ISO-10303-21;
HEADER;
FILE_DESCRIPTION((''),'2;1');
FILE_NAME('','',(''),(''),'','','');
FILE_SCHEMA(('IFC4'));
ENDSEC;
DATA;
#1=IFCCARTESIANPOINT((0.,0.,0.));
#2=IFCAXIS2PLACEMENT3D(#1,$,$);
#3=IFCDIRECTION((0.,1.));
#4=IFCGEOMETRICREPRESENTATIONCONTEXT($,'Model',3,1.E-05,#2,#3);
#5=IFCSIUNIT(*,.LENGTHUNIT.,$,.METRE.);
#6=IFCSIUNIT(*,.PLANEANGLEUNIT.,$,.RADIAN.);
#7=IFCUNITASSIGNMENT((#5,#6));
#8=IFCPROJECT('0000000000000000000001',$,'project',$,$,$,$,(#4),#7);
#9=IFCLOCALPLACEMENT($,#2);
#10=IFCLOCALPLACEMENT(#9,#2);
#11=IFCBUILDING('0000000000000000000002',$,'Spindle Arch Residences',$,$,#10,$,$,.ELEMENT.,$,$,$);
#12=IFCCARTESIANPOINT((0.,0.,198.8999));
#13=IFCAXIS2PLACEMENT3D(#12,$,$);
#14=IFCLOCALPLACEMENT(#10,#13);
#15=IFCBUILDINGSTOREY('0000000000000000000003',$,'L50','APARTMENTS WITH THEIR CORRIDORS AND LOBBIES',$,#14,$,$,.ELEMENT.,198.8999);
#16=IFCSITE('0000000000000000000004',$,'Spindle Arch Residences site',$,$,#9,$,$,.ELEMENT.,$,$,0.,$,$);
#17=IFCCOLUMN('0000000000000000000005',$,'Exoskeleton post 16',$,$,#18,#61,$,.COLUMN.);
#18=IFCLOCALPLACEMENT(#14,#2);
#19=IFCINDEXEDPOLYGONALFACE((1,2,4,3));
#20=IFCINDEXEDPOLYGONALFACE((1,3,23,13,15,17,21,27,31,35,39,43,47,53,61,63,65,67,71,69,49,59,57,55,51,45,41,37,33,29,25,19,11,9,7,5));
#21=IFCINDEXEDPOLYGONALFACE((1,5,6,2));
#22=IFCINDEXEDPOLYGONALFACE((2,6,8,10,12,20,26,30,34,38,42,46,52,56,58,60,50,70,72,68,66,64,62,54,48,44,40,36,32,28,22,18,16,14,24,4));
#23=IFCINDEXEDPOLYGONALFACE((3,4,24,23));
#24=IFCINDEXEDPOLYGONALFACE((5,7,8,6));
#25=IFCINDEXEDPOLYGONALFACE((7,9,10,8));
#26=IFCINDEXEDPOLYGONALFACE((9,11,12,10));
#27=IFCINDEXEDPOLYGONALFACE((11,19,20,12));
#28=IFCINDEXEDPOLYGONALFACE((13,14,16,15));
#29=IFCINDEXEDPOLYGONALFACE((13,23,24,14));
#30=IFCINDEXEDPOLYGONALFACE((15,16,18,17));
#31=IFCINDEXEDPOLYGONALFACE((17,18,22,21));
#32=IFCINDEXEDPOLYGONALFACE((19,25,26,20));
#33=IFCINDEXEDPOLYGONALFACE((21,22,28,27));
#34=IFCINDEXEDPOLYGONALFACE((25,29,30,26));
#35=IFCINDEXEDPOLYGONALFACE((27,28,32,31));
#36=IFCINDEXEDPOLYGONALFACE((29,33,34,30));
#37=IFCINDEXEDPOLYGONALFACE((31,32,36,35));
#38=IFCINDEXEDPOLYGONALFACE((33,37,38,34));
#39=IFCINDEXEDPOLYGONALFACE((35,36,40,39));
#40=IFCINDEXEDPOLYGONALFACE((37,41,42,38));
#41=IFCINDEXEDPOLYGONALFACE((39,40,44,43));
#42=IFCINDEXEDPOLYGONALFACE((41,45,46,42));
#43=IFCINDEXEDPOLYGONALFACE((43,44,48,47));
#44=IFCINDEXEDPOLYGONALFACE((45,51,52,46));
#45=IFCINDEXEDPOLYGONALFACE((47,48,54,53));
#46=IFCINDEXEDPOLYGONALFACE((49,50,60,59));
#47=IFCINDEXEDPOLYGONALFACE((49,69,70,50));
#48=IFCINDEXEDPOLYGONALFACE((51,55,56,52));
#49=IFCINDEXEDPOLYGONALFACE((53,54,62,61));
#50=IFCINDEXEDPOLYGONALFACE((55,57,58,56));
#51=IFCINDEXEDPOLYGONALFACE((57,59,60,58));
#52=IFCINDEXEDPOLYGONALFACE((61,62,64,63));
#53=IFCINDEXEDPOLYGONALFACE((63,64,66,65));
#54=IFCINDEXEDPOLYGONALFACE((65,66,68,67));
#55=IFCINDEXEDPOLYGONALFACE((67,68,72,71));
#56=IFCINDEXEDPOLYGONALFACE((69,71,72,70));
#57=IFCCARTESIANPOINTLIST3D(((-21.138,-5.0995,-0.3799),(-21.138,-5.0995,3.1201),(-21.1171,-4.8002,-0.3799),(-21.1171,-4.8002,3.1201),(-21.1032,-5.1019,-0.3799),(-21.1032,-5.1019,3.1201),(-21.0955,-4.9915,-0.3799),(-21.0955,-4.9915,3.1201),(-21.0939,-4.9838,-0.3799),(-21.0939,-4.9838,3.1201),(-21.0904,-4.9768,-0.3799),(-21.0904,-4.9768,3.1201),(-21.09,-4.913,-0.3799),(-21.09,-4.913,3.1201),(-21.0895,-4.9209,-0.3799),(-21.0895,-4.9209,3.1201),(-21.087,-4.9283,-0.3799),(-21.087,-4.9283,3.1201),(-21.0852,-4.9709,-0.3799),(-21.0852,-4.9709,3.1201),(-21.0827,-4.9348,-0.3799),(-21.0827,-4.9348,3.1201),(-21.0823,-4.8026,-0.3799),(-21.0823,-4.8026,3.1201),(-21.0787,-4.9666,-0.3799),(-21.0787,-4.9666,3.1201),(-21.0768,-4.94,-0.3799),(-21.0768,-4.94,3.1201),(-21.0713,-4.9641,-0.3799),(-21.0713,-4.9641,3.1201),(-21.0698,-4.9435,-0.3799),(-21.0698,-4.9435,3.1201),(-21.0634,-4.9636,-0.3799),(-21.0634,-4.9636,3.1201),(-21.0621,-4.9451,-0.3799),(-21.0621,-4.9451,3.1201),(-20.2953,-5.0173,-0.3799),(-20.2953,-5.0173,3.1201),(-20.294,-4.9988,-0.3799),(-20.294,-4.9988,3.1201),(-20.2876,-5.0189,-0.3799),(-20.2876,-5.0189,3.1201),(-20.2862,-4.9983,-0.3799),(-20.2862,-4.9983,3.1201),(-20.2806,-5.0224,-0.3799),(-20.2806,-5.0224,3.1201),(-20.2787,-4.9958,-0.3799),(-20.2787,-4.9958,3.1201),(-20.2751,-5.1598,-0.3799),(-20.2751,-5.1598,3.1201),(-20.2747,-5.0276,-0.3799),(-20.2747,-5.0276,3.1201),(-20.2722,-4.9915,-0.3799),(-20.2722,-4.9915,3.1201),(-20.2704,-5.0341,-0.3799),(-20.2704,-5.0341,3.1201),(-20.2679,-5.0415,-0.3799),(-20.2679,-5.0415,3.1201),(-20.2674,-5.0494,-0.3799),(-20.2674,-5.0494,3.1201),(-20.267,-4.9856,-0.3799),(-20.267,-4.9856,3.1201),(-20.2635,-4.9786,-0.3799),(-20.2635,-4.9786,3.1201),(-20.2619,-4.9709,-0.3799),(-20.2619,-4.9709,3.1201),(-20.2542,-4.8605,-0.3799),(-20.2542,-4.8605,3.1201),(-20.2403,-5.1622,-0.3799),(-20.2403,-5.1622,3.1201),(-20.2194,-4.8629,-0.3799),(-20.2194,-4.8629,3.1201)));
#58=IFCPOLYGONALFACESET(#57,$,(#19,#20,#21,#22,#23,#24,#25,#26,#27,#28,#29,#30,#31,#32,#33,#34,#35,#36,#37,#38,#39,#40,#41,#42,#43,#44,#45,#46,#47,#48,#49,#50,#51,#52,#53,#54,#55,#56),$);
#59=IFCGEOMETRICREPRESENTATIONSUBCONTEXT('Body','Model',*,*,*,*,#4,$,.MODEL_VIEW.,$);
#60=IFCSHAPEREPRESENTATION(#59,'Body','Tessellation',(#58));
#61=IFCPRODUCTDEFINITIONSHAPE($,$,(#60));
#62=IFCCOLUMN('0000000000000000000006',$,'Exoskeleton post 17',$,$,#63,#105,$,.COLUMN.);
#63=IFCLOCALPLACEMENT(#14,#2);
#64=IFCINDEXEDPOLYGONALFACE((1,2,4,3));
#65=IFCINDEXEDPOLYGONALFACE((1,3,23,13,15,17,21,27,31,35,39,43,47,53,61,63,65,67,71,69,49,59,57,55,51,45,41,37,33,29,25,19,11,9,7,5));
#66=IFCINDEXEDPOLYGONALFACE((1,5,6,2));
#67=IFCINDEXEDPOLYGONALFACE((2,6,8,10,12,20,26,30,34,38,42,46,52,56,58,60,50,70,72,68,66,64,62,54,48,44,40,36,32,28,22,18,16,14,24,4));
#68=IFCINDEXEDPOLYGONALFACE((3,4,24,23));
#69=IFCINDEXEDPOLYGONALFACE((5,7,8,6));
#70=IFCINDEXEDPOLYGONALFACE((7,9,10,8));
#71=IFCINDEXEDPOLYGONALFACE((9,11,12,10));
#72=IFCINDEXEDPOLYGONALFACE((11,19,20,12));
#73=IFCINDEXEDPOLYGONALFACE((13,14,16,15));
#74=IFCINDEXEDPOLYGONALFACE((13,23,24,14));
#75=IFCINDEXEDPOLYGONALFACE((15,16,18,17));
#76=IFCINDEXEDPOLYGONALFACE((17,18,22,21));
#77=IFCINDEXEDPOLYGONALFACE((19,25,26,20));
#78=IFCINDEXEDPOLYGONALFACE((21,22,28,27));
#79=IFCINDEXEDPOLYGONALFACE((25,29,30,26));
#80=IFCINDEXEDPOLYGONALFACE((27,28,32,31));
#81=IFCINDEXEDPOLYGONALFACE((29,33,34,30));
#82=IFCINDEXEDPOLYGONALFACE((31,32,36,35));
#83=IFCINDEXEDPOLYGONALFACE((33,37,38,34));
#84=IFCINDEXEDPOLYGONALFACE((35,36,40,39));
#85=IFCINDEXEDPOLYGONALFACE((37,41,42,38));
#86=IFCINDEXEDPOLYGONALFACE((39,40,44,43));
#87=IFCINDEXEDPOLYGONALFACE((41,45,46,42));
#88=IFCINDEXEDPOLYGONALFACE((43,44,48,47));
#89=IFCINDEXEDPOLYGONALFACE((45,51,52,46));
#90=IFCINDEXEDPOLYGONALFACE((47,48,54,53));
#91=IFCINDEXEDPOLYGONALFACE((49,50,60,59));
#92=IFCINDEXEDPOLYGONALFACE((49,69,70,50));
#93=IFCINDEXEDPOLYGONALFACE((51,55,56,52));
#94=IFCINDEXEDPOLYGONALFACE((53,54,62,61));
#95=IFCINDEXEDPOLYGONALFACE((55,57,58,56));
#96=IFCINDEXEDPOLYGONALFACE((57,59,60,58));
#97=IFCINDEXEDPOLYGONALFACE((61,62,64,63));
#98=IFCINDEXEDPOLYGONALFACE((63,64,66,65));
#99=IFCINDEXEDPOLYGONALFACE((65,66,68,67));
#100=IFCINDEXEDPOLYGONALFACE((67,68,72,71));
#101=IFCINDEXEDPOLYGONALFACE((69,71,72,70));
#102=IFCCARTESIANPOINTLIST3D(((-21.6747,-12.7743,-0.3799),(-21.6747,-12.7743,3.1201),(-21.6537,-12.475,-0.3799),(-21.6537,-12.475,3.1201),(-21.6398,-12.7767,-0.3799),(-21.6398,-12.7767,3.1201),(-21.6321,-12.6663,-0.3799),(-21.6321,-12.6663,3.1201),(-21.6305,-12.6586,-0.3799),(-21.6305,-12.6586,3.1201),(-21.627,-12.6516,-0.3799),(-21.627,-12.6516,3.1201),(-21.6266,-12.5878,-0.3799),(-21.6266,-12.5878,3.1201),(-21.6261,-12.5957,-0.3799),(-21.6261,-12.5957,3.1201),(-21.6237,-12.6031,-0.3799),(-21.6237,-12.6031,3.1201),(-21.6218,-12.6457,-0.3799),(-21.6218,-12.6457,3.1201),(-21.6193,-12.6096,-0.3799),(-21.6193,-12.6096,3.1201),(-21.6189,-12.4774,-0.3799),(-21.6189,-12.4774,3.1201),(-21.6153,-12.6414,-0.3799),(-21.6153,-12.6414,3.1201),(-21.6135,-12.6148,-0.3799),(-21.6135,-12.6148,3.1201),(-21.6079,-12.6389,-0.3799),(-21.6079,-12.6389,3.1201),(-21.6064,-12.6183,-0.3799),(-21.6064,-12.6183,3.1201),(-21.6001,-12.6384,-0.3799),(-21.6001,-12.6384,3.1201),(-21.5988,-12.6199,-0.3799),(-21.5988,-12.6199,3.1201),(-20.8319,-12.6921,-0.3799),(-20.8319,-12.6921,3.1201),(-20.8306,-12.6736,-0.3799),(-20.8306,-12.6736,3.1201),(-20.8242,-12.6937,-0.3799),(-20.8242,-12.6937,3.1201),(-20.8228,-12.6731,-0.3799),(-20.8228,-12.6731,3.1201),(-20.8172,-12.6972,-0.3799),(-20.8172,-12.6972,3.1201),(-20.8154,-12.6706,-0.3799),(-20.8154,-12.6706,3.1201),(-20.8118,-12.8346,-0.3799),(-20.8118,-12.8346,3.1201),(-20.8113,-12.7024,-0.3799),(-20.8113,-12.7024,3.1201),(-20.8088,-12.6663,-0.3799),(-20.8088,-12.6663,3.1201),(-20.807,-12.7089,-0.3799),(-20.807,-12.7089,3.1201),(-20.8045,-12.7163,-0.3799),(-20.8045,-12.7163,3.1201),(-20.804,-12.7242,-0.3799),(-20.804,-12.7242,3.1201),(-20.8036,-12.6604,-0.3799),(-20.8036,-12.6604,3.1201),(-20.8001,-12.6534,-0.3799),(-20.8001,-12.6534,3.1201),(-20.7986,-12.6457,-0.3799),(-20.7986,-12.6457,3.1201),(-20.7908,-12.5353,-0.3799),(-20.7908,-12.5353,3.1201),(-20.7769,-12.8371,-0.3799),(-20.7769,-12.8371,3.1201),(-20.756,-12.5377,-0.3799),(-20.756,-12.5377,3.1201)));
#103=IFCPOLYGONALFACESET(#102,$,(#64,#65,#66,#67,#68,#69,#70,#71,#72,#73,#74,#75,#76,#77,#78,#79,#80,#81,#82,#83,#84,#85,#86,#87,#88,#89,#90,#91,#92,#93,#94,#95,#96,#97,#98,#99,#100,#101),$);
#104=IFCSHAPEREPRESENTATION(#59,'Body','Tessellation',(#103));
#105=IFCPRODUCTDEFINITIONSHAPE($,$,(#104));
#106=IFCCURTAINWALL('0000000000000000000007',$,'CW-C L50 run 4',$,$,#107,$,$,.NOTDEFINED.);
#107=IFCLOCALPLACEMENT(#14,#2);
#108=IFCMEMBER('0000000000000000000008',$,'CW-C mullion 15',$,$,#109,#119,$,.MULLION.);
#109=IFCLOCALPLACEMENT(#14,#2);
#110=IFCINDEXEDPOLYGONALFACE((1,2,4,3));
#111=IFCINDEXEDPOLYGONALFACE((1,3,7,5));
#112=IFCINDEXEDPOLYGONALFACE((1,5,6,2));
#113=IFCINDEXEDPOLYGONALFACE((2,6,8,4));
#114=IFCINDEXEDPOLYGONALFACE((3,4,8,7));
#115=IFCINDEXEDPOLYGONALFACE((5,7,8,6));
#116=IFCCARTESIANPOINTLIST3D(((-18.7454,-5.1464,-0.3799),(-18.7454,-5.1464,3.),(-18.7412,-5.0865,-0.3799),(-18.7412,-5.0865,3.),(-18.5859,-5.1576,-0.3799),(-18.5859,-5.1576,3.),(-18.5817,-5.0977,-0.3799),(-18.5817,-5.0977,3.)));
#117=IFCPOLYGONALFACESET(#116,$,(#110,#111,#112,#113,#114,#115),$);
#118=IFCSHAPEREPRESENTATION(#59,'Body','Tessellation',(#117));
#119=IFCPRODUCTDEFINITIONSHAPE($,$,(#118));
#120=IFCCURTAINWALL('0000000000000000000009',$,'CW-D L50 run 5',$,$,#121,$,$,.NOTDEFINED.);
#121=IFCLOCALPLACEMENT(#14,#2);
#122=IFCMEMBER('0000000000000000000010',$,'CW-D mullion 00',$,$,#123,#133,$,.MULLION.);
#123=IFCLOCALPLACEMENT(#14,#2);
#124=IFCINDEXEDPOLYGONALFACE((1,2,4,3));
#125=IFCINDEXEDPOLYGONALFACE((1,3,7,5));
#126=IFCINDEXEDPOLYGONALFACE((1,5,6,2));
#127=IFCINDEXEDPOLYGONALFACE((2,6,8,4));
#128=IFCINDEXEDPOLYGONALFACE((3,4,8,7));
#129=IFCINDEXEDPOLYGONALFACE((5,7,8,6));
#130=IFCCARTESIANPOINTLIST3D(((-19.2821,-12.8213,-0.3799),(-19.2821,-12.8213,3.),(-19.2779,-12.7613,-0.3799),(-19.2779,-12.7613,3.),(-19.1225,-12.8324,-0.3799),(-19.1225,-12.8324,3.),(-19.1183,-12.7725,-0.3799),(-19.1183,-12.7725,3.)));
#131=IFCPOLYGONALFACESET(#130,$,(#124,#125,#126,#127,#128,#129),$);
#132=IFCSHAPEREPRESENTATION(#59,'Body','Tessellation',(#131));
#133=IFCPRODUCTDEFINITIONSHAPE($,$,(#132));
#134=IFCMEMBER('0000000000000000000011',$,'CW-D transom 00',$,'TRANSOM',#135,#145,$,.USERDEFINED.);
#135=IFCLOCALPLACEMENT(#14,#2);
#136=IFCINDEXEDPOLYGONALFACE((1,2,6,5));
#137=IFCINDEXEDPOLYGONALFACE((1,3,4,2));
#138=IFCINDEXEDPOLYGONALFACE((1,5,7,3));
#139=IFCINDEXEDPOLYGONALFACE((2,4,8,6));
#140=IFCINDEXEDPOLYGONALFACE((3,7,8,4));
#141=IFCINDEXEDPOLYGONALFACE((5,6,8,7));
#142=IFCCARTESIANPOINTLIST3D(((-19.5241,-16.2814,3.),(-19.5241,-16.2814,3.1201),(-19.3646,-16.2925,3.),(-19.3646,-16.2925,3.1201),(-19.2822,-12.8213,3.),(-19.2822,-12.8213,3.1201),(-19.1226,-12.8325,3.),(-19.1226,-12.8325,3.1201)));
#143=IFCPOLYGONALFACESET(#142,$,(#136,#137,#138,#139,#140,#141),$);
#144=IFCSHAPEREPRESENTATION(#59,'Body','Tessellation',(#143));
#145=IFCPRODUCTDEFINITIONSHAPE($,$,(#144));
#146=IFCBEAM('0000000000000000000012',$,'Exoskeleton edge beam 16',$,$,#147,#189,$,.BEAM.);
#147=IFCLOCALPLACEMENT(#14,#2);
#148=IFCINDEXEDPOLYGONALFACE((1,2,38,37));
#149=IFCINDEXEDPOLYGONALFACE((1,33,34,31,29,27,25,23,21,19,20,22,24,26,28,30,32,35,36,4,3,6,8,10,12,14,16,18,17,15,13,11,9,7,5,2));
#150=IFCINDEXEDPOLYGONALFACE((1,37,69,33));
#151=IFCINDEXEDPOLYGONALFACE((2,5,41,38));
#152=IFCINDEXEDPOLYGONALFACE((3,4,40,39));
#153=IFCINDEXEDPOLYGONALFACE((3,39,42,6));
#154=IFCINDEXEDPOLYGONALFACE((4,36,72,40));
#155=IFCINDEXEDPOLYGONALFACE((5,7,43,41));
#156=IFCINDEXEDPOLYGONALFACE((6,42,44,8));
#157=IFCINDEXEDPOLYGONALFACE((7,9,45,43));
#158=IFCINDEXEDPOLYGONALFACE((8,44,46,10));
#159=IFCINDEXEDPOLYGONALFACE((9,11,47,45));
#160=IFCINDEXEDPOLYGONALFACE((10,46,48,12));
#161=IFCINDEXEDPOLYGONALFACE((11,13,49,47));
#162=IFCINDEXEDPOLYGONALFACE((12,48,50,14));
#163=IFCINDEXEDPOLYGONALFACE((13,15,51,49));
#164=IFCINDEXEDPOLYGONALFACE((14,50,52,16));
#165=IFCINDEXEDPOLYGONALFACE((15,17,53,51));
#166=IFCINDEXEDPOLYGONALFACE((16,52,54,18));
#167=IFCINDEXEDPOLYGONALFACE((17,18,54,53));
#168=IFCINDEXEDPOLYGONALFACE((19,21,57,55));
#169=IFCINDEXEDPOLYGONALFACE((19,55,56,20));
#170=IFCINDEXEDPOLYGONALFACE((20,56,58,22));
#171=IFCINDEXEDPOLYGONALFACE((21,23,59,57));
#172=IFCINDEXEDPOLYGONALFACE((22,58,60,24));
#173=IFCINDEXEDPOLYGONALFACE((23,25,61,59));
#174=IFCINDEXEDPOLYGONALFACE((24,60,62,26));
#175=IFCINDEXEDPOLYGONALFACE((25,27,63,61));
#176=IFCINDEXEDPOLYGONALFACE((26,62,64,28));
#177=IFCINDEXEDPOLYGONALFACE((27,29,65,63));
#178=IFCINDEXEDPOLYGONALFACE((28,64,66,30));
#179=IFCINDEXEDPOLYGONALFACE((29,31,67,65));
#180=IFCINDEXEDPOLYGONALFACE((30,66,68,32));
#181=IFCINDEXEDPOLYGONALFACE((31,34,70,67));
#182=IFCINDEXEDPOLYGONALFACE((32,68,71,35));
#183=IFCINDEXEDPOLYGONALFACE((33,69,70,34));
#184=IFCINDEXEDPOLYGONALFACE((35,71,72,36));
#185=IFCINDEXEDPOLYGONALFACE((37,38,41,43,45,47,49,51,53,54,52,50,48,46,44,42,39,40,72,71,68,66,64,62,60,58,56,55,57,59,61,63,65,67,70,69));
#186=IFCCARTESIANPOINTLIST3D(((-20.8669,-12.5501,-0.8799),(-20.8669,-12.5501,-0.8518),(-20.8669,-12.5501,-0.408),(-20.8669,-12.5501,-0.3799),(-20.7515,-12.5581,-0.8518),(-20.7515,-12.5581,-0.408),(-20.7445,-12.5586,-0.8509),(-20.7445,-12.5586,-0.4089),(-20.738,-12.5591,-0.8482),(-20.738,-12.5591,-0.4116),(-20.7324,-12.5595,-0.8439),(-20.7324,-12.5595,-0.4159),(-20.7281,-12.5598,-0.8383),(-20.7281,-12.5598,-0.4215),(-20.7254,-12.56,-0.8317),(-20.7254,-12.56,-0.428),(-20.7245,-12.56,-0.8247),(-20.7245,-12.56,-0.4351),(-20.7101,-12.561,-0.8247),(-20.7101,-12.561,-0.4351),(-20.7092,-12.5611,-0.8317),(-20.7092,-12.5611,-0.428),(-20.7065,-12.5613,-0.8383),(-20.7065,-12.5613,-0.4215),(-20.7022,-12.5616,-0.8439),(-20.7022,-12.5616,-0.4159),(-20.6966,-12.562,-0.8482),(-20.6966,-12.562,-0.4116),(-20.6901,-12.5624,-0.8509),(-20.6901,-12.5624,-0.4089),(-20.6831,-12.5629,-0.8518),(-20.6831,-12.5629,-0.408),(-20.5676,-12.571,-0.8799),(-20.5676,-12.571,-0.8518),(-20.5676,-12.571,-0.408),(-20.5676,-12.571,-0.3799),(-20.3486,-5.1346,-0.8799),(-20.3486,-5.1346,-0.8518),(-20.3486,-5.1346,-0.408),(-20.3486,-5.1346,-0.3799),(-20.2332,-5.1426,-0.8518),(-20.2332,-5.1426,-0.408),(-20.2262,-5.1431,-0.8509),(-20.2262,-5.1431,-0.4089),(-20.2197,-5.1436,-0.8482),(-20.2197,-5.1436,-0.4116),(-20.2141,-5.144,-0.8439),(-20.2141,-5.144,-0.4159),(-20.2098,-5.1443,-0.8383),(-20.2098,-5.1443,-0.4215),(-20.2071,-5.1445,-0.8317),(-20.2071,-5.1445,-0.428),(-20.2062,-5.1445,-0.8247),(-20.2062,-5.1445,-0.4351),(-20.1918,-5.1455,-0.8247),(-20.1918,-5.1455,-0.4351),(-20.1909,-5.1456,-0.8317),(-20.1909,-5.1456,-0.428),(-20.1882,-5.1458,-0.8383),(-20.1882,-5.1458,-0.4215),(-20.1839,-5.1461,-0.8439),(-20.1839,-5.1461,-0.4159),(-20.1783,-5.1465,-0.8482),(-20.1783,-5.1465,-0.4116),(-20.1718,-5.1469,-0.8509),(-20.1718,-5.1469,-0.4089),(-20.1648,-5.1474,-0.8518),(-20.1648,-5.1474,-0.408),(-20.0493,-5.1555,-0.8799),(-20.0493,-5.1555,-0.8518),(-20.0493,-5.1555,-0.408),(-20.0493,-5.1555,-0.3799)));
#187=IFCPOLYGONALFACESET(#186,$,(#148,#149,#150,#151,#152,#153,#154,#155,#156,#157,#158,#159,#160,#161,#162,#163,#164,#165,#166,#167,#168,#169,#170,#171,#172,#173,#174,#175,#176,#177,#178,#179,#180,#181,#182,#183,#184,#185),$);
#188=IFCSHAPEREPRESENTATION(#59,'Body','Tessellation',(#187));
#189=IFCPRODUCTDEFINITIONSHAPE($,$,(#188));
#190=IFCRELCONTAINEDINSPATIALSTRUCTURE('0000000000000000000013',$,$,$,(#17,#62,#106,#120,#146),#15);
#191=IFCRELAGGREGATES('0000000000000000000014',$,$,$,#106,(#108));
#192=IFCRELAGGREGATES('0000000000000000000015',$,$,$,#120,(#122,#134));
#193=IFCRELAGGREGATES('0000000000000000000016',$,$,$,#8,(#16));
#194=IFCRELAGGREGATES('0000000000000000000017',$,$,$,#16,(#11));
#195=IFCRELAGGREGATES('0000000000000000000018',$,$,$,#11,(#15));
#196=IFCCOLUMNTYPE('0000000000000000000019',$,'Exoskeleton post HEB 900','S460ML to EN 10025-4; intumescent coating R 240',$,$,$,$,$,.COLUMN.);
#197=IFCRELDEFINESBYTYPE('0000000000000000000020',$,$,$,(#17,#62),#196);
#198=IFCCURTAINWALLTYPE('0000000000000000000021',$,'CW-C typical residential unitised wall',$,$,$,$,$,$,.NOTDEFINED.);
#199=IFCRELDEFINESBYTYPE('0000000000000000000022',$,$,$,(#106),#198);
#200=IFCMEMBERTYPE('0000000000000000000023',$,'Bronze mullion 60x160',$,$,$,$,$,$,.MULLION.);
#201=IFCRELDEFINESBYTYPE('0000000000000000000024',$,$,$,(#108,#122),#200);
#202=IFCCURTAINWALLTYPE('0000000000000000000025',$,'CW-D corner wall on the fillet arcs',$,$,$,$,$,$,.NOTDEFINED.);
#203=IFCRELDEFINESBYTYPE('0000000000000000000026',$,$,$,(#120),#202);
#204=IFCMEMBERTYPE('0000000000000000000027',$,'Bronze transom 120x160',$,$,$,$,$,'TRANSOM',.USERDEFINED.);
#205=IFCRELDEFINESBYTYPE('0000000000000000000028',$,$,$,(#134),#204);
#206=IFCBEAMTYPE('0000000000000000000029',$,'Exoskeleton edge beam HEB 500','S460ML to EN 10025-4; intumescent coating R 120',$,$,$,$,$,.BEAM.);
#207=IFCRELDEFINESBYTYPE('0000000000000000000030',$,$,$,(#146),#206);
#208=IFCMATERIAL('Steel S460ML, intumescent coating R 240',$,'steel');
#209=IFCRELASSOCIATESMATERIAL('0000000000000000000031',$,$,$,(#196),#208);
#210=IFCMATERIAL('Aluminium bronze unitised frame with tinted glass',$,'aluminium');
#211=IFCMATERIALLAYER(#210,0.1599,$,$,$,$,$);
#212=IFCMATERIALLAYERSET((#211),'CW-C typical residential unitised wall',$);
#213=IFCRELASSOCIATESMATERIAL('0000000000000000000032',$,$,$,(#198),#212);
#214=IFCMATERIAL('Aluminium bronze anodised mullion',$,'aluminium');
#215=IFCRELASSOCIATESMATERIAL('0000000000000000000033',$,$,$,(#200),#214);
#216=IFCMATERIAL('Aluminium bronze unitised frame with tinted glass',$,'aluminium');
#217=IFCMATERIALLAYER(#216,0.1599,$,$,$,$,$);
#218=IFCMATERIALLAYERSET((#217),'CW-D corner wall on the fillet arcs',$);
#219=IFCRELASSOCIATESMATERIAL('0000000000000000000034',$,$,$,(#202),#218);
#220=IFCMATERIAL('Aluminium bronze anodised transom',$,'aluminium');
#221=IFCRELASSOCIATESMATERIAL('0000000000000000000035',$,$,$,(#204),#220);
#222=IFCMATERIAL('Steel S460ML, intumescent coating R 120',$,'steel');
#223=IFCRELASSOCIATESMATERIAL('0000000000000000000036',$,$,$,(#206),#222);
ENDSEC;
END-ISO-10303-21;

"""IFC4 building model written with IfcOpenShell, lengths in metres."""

from ifc_helpers import new_model, si_unit, direction, frame, origin, origin_2d, place, context, subcontext, project, spatial, rectangle, i_section, extrude, material, layer, layer_set, material_profile, profile_set, type_object, element, aggregate, save


model = new_model("IFC4")

# Units and contexts
model_context = context("Model", 3, precision=1e-05, world=origin(), true_north=direction((0.0, 1.0)))
body_context = subcontext(model_context, "Body", "Model", "MODEL_VIEW")
ifc_project = project(units=[si_unit("LENGTHUNIT", "METRE"), si_unit("PLANEANGLEUNIT", "RADIAN")], contexts=[model_context])

# Site, building, storey
site_placement = place(None, origin())
site = spatial("IfcSite", under=ifc_project, at=site_placement, Name="Spindle Arch Residences site", CompositionType="ELEMENT", RefElevation=0.0)
building_placement = place(site_placement, origin())
building = spatial("IfcBuilding", under=site, at=building_placement, Name="Spindle Arch Residences", CompositionType="ELEMENT")
storey_placement = place(building_placement, frame((0.0, 0.0, 198.8999)))
storey = spatial("IfcBuildingStorey", under=building, at=storey_placement, Name="L50", Description="APARTMENTS WITH THEIR CORRIDORS AND LOBBIES", CompositionType="ELEMENT", Elevation=198.8999)

# Columns
ifc_material_1 = material(Name="Steel S460ML, intumescent coating R 240", Category="steel")
ifc_material_profile_1 = material_profile(ifc_material_1, i_section(OverallWidth=0.3, OverallDepth=0.8999, WebThickness=0.0186, FlangeThickness=0.0349, FilletRadius=0.03, at=origin_2d()), Name="HEB 900")
ifc_profile_set_1 = profile_set([ifc_material_profile_1], Name="Steel S460ML, intumescent coating R 240")
column_type = type_object("IfcColumnType", Name="Exoskeleton post HEB 900", Description="S460ML to EN 10025-4; intumescent coating R 240", PredefinedType="COLUMN", material=ifc_profile_set_1)
for number, where, z_axis, x_axis, name in (
    (1, (-20.6787, -4.9812, -0.3799), (0.0, 0.0, 1.0), (0.069756, 0.997564, 0.0), "Exoskeleton post 16"),
    (2, (-21.2153, -12.656, -0.3799), (0.0, 0.0, 1.0), (0.069756, 0.997564, 0.0), "Exoskeleton post 17"),
):
    element("IfcColumn", number, at=place(storey_placement, frame(where, z_axis=z_axis, x_axis=x_axis)), inside=storey, type_object=column_type, Name=name, PredefinedType="COLUMN", context=body_context, shape_type="SweptSolid", body=[
        extrude(i_section(OverallWidth=0.3, OverallDepth=0.8999, WebThickness=0.0186, FlangeThickness=0.0349, FilletRadius=0.03, at=origin_2d()), origin(), (0.0, 0.0, 1.0), 3.5),
    ])

# Curtain wall, member
ifc_material_2 = material(Name="Aluminium bronze unitised frame with tinted glass", Category="aluminium")
ifc_layer_1 = layer(ifc_material_2, 0.1599)
ifc_layer_set_1 = layer_set([ifc_layer_1], Name="CW-C typical residential unitised wall")
curtain_wall_type_1 = type_object("IfcCurtainWallType", Name="CW-C typical residential unitised wall", PredefinedType="NOTDEFINED", material=ifc_layer_set_1)
curtain_wall_1_placement = place(storey_placement, origin())
curtain_wall_1 = element("IfcCurtainWall", 3, at=curtain_wall_1_placement, inside=storey, type_object=curtain_wall_type_1, Name="CW-C L50 run 4", PredefinedType="NOTDEFINED")
ifc_material_3 = material(Name="Aluminium bronze anodised mullion", Category="aluminium")
ifc_material_profile_2 = material_profile(ifc_material_3, rectangle(XDim=0.1599, YDim=0.0601, at=origin_2d()), Name="MU 60x160")
ifc_profile_set_2 = profile_set([ifc_material_profile_2], Name="Aluminium bronze anodised mullion")
member_type_1 = type_object("IfcMemberType", Name="Bronze mullion 60x160", PredefinedType="MULLION", material=ifc_profile_set_2)
member_1_placement = place(storey_placement, frame((-18.6636, -5.1221, -0.3799), z_axis=(0.0, 0.0, 1.0), x_axis=(0.997564, -0.069756, 0.0)))
member_1 = element("IfcMember", 4, at=member_1_placement, type_object=member_type_1, Name="CW-C mullion 15", PredefinedType="MULLION", context=body_context, shape_type="SweptSolid", body=[
    extrude(rectangle(XDim=0.1599, YDim=0.0601, at=origin_2d()), origin(), (0.0, 0.0, 1.0), 3.3799),
])

# Curtain wall, members
ifc_material_4 = material(Name="Aluminium bronze unitised frame with tinted glass", Category="aluminium")
ifc_layer_2 = layer(ifc_material_4, 0.1599)
ifc_layer_set_2 = layer_set([ifc_layer_2], Name="CW-D corner wall on the fillet arcs")
curtain_wall_type_2 = type_object("IfcCurtainWallType", Name="CW-D corner wall on the fillet arcs", PredefinedType="NOTDEFINED", material=ifc_layer_set_2)
curtain_wall_2_placement = place(storey_placement, origin())
curtain_wall_2 = element("IfcCurtainWall", 5, at=curtain_wall_2_placement, inside=storey, type_object=curtain_wall_type_2, Name="CW-D L50 run 5", PredefinedType="NOTDEFINED")
member_2_placement = place(storey_placement, frame((-19.2002, -12.7969, -0.3799), z_axis=(0.0, 0.0, 1.0), x_axis=(0.997564, -0.069756, 0.0)))
member_2 = element("IfcMember", 6, at=member_2_placement, type_object=member_type_1, Name="CW-D mullion 00", PredefinedType="MULLION", context=body_context, shape_type="SweptSolid", body=[
    extrude(rectangle(XDim=0.1599, YDim=0.0601, at=origin_2d()), origin(), (0.0, 0.0, 1.0), 3.3799),
])
ifc_material_5 = material(Name="Aluminium bronze anodised transom", Category="aluminium")
ifc_material_profile_3 = material_profile(ifc_material_5, rectangle(XDim=0.1599, YDim=0.1201, at=origin_2d()), Name="TR 120x160")
ifc_profile_set_3 = profile_set([ifc_material_profile_3], Name="Aluminium bronze anodised transom")
member_type_2 = type_object("IfcMemberType", Name="Bronze transom 120x160", ElementType="TRANSOM", PredefinedType="USERDEFINED", material=ifc_profile_set_3)
member_3_placement = place(storey_placement, frame((-19.2024, -12.8269, 3.0601), z_axis=(-0.069756, -0.997564, 0.0), x_axis=(0.997564, -0.069756, 0.0)))
member_3 = element("IfcMember", 7, at=member_3_placement, type_object=member_type_2, Name="CW-D transom 00", ObjectType="TRANSOM", PredefinedType="USERDEFINED", context=body_context, shape_type="SweptSolid", body=[
    extrude(rectangle(XDim=0.1599, YDim=0.1201, at=origin_2d()), origin(), (0.0, 0.0, 1.0), 3.4685),
])

# Beam
ifc_material_6 = material(Name="Steel S460ML, intumescent coating R 120", Category="steel")
ifc_material_profile_4 = material_profile(ifc_material_6, i_section(OverallWidth=0.3, OverallDepth=0.5, WebThickness=0.0144, FlangeThickness=0.0281, FilletRadius=0.0271, at=origin_2d()), Name="HEB 500")
ifc_profile_set_4 = profile_set([ifc_material_profile_4], Name="Steel S460ML, intumescent coating R 120")
beam_type_1 = type_object("IfcBeamType", Name="Exoskeleton edge beam HEB 500", Description="S460ML to EN 10025-4; intumescent coating R 120", PredefinedType="BEAM", material=ifc_profile_set_4)
beam_1_placement = place(storey_placement, frame((-20.199, -5.145, -0.6299), z_axis=(-0.069725, -0.997566, 0.0), x_axis=(0.997566, -0.069725, 0.0)))
element("IfcBeam", 8, at=beam_1_placement, inside=storey, type_object=beam_type_1, Name="Exoskeleton edge beam 16", PredefinedType="BEAM", context=body_context, shape_type="SweptSolid", body=[
    extrude(i_section(OverallWidth=0.3, OverallDepth=0.5, WebThickness=0.0144, FlangeThickness=0.0281, FilletRadius=0.0271, at=origin_2d()), origin(), (0.0, 0.0, 1.0), 7.4336),
])

aggregate(curtain_wall_1, [member_1])
aggregate(curtain_wall_2, [member_2, member_3])

save(model, "model.ifc")
